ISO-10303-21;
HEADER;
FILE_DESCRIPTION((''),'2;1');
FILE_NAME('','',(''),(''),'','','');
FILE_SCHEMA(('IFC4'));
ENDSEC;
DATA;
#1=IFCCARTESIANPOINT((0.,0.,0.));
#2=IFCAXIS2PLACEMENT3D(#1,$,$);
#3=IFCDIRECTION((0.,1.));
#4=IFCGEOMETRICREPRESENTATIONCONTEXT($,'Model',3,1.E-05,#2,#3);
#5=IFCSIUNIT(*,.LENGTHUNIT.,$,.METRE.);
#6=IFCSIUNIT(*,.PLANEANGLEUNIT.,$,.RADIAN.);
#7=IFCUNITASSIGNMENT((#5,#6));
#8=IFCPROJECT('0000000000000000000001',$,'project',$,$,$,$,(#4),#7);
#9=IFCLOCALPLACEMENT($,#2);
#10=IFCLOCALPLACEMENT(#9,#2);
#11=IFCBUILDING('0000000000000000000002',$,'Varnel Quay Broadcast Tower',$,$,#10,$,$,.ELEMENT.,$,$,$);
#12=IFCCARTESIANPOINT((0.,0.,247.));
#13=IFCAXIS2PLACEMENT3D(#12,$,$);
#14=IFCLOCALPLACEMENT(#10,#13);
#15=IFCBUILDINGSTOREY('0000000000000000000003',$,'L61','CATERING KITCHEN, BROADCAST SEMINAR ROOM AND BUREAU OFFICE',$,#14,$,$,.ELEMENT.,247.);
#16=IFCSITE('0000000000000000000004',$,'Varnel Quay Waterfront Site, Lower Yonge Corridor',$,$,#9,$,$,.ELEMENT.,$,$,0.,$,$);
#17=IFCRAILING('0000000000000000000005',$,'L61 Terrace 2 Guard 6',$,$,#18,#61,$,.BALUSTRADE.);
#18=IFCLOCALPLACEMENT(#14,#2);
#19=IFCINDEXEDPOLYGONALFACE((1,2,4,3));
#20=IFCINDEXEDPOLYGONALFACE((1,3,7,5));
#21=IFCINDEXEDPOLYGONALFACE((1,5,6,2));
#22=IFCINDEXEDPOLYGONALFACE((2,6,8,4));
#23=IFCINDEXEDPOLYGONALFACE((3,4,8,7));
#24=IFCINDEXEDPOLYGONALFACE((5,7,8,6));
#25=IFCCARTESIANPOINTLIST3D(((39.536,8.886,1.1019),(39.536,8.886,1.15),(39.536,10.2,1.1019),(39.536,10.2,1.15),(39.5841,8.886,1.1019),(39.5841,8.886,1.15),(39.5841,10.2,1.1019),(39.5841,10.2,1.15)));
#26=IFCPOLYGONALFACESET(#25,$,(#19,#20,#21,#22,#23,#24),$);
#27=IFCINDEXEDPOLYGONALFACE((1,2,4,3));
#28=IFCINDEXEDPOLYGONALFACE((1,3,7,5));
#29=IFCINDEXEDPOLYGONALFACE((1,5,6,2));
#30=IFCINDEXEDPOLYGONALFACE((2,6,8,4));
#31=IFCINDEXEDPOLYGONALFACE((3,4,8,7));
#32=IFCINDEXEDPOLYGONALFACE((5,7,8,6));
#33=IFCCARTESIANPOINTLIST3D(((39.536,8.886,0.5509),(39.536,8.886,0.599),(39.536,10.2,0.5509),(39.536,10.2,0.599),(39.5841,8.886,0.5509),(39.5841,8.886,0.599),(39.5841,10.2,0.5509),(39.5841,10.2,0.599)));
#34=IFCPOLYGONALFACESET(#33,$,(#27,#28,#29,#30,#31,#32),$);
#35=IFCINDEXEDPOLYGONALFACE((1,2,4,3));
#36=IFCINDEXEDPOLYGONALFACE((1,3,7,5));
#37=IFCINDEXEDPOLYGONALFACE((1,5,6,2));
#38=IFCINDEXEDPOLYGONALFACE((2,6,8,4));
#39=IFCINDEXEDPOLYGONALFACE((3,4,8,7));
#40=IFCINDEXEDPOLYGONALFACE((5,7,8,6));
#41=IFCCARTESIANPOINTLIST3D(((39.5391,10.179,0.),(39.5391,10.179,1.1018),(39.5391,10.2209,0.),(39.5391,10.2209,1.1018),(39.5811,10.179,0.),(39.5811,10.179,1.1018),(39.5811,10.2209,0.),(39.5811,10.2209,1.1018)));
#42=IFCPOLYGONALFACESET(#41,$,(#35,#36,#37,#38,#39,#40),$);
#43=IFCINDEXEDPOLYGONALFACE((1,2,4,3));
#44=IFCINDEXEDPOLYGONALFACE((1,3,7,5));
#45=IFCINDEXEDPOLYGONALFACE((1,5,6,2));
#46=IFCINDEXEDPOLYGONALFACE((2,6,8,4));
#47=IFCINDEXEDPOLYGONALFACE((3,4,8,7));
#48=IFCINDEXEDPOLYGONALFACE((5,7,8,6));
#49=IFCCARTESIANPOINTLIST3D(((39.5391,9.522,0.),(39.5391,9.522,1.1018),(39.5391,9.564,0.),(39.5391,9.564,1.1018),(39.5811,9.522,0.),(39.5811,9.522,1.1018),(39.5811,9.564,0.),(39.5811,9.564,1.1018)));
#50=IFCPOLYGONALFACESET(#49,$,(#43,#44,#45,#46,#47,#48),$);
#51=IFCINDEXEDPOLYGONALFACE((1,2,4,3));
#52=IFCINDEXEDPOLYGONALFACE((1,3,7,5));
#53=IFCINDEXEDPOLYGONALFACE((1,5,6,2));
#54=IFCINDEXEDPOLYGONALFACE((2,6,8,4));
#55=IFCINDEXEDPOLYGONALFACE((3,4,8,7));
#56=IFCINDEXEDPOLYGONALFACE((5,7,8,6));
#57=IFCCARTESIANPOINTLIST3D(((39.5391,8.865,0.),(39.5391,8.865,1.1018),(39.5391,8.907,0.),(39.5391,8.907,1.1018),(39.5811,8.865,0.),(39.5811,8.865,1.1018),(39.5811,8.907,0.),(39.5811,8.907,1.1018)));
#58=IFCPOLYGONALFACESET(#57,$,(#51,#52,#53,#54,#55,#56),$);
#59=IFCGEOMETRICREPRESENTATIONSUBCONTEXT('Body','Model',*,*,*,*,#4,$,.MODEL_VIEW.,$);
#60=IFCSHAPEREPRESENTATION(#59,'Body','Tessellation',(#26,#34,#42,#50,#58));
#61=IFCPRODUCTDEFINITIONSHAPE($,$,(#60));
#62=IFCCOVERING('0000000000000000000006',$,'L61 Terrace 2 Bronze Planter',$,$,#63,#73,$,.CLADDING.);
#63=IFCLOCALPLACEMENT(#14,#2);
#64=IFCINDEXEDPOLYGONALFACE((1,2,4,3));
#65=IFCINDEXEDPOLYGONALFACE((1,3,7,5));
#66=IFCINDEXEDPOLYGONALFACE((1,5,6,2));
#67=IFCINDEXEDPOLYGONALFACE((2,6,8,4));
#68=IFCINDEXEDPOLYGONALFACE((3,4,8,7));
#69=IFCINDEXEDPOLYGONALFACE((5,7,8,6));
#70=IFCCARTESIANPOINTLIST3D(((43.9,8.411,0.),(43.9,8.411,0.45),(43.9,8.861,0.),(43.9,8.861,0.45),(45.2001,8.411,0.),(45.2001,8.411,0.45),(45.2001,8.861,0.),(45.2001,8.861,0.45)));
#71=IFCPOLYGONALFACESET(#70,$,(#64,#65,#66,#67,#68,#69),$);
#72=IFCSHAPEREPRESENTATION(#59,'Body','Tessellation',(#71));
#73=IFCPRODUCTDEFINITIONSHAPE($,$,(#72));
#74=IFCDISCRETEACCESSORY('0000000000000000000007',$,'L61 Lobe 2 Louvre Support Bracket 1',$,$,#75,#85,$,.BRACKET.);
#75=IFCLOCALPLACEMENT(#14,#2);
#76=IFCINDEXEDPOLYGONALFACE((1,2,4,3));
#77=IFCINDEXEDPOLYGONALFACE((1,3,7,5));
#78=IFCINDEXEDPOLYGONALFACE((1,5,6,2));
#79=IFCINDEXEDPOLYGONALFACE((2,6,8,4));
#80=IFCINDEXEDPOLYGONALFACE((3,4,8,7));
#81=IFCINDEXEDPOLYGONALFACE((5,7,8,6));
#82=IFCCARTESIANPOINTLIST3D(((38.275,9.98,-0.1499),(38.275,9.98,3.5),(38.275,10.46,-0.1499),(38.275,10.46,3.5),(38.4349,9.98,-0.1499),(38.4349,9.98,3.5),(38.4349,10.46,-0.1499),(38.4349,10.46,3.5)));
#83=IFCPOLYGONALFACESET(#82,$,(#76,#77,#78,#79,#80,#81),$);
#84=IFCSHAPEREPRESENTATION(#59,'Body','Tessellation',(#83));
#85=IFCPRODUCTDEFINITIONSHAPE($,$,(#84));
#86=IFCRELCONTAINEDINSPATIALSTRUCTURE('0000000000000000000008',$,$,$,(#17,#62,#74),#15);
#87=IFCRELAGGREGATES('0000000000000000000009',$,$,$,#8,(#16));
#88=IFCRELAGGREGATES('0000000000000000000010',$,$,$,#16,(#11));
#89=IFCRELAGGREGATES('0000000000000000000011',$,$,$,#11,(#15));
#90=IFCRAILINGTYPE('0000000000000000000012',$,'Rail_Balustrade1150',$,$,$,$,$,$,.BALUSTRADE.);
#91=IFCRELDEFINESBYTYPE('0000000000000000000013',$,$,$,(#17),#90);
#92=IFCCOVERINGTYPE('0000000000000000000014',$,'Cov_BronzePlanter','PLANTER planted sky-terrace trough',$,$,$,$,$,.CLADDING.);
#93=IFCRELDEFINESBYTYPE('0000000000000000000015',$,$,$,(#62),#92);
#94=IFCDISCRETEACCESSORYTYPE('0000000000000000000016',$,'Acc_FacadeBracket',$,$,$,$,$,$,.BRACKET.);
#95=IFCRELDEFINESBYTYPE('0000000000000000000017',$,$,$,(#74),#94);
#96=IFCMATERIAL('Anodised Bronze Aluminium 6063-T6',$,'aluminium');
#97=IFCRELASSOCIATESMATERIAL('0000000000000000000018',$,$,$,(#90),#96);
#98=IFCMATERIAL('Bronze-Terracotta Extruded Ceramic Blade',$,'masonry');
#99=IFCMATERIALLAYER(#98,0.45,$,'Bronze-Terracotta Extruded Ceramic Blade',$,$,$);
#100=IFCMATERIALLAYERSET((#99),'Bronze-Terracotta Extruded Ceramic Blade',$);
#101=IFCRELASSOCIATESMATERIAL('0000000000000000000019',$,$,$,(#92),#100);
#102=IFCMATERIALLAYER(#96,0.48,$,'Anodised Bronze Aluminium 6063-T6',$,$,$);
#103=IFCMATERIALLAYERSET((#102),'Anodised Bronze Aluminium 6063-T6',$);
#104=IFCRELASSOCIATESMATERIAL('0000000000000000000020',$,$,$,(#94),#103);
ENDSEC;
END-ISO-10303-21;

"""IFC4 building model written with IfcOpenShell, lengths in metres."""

from ifc_helpers import new_model, si_unit, direction, frame, origin, origin_2d, place, context, subcontext, project, spatial, rectangle, extrude, source, transform, mapped, material, layer, layer_set, type_object, type_shapes, element, save


model = new_model("IFC4")

# Units and contexts
model_context = context("Model", 3, precision=1e-05, world=origin(), true_north=direction((0.0, 1.0)))
body_context = subcontext(model_context, "Body", "Model", "MODEL_VIEW")
ifc_project = project(units=[si_unit("LENGTHUNIT", "METRE"), si_unit("PLANEANGLEUNIT", "RADIAN")], contexts=[model_context])

# Site, building, storey
site_placement = place(None, origin())
site = spatial("IfcSite", under=ifc_project, at=site_placement, Name="Varnel Quay Waterfront Site, Lower Yonge Corridor", CompositionType="ELEMENT", RefElevation=0.0)
building_placement = place(site_placement, origin())
building = spatial("IfcBuilding", under=site, at=building_placement, Name="Varnel Quay Broadcast Tower", CompositionType="ELEMENT")
storey_placement = place(building_placement, frame((0.0, 0.0, 247.0)))
storey = spatial("IfcBuildingStorey", under=building, at=storey_placement, Name="L61", Description="CATERING KITCHEN, BROADCAST SEMINAR ROOM AND BUREAU OFFICE", CompositionType="ELEMENT", Elevation=247.0)

# Shared definitions
ifc_material_1 = material(Name="Anodised Bronze Aluminium 6063-T6", Category="aluminium")

# Railing
railing_type = type_object("IfcRailingType", Name="Rail_Balustrade1150", PredefinedType="BALUSTRADE", material=ifc_material_1)
railing_1_placement = place(storey_placement, frame((39.5601, 10.2, 0.0)))
element("IfcRailing", 1, at=railing_1_placement, inside=storey, type_object=railing_type, Name="L61 Terrace 2 Guard 6", PredefinedType="BALUSTRADE", context=body_context, shape_type="SweptSolid", body=[
    extrude(rectangle(XDim=0.0481, YDim=0.0481, at=origin_2d()), frame((0.0, 0.0, 1.126), z_axis=(0.0, -1.0, 0.0), x_axis=(1.0, 0.0, 0.0)), (0.0, 0.0, 1.0), 1.314),
    extrude(rectangle(XDim=0.0481, YDim=0.0481, at=origin_2d()), frame((0.0, 0.0, 0.575), z_axis=(0.0, -1.0, 0.0), x_axis=(1.0, 0.0, 0.0)), (0.0, 0.0, 1.0), 1.314),
    extrude(rectangle(XDim=0.042, YDim=0.042, at=origin_2d()), origin(), (0.0, 0.0, 1.0), 1.1018),
    extrude(rectangle(XDim=0.042, YDim=0.042, at=origin_2d()), frame((0.0, -0.657, 0.0)), (0.0, 0.0, 1.0), 1.1018),
    extrude(rectangle(XDim=0.042, YDim=0.042, at=origin_2d()), frame((0.0, -1.314, 0.0)), (0.0, 0.0, 1.0), 1.1018),
])

# Covering
ifc_material_2 = material(Name="Bronze-Terracotta Extruded Ceramic Blade", Category="masonry")
ifc_layer_1 = layer(ifc_material_2, 0.45, Name="Bronze-Terracotta Extruded Ceramic Blade")
ifc_layer_set_1 = layer_set([ifc_layer_1], Name="Bronze-Terracotta Extruded Ceramic Blade")
covering_type = type_object("IfcCoveringType", Name="Cov_BronzePlanter", Description="PLANTER planted sky-terrace trough", PredefinedType="CLADDING", material=ifc_layer_set_1)
shared_shape_1 = source(origin(), body_context, "Body", "SweptSolid", [
    extrude(rectangle(XDim=1.3, YDim=0.45, at=origin_2d()), origin(), (0.0, 0.0, 1.0), 0.45),
])
type_shapes(covering_type, [shared_shape_1])
covering_placement = place(storey_placement, frame((44.55, 8.636, 0.0), z_axis=(0.0, 0.0, 1.0), x_axis=(1.0, 0.0, 0.0)))
element("IfcCovering", 2, at=covering_placement, inside=storey, type_object=covering_type, Name="L61 Terrace 2 Bronze Planter", PredefinedType="CLADDING", context=body_context, shape_type="MappedRepresentation", body=[
    mapped(shared_shape_1, transform((0.0, 0.0, 0.0), x_axis=(1.0, 0.0, 0.0), y_axis=(0.0, 1.0, 0.0), z_axis=(0.0, 0.0, 1.0), scale=1.0)),
])

# Discrete accessory
ifc_layer_2 = layer(ifc_material_1, 0.48, Name="Anodised Bronze Aluminium 6063-T6")
ifc_layer_set_2 = layer_set([ifc_layer_2], Name="Anodised Bronze Aluminium 6063-T6")
discrete_accessory_type = type_object("IfcDiscreteAccessoryType", Name="Acc_FacadeBracket", PredefinedType="BRACKET", material=ifc_layer_set_2)
shared_shape_2 = source(origin(), body_context, "Body", "SweptSolid", [
    extrude(rectangle(XDim=0.1599, YDim=0.48, at=origin_2d()), origin(), (0.0, 0.0, 1.0), 3.6499),
])
type_shapes(discrete_accessory_type, [shared_shape_2])
discrete_accessory_placement = place(storey_placement, frame((38.355, 10.22, -0.1499), z_axis=(0.0, 0.0, 1.0), x_axis=(1.0, 0.0, 0.0)))
element("IfcDiscreteAccessory", 3, at=discrete_accessory_placement, inside=storey, type_object=discrete_accessory_type, Name="L61 Lobe 2 Louvre Support Bracket 1", PredefinedType="BRACKET", context=body_context, shape_type="MappedRepresentation", body=[
    mapped(shared_shape_2, transform((0.0, 0.0, 0.0), x_axis=(1.0, 0.0, 0.0), y_axis=(0.0, 1.0, 0.0), z_axis=(0.0, 0.0, 1.0), scale=1.0)),
])

save(model, "model.ifc")
